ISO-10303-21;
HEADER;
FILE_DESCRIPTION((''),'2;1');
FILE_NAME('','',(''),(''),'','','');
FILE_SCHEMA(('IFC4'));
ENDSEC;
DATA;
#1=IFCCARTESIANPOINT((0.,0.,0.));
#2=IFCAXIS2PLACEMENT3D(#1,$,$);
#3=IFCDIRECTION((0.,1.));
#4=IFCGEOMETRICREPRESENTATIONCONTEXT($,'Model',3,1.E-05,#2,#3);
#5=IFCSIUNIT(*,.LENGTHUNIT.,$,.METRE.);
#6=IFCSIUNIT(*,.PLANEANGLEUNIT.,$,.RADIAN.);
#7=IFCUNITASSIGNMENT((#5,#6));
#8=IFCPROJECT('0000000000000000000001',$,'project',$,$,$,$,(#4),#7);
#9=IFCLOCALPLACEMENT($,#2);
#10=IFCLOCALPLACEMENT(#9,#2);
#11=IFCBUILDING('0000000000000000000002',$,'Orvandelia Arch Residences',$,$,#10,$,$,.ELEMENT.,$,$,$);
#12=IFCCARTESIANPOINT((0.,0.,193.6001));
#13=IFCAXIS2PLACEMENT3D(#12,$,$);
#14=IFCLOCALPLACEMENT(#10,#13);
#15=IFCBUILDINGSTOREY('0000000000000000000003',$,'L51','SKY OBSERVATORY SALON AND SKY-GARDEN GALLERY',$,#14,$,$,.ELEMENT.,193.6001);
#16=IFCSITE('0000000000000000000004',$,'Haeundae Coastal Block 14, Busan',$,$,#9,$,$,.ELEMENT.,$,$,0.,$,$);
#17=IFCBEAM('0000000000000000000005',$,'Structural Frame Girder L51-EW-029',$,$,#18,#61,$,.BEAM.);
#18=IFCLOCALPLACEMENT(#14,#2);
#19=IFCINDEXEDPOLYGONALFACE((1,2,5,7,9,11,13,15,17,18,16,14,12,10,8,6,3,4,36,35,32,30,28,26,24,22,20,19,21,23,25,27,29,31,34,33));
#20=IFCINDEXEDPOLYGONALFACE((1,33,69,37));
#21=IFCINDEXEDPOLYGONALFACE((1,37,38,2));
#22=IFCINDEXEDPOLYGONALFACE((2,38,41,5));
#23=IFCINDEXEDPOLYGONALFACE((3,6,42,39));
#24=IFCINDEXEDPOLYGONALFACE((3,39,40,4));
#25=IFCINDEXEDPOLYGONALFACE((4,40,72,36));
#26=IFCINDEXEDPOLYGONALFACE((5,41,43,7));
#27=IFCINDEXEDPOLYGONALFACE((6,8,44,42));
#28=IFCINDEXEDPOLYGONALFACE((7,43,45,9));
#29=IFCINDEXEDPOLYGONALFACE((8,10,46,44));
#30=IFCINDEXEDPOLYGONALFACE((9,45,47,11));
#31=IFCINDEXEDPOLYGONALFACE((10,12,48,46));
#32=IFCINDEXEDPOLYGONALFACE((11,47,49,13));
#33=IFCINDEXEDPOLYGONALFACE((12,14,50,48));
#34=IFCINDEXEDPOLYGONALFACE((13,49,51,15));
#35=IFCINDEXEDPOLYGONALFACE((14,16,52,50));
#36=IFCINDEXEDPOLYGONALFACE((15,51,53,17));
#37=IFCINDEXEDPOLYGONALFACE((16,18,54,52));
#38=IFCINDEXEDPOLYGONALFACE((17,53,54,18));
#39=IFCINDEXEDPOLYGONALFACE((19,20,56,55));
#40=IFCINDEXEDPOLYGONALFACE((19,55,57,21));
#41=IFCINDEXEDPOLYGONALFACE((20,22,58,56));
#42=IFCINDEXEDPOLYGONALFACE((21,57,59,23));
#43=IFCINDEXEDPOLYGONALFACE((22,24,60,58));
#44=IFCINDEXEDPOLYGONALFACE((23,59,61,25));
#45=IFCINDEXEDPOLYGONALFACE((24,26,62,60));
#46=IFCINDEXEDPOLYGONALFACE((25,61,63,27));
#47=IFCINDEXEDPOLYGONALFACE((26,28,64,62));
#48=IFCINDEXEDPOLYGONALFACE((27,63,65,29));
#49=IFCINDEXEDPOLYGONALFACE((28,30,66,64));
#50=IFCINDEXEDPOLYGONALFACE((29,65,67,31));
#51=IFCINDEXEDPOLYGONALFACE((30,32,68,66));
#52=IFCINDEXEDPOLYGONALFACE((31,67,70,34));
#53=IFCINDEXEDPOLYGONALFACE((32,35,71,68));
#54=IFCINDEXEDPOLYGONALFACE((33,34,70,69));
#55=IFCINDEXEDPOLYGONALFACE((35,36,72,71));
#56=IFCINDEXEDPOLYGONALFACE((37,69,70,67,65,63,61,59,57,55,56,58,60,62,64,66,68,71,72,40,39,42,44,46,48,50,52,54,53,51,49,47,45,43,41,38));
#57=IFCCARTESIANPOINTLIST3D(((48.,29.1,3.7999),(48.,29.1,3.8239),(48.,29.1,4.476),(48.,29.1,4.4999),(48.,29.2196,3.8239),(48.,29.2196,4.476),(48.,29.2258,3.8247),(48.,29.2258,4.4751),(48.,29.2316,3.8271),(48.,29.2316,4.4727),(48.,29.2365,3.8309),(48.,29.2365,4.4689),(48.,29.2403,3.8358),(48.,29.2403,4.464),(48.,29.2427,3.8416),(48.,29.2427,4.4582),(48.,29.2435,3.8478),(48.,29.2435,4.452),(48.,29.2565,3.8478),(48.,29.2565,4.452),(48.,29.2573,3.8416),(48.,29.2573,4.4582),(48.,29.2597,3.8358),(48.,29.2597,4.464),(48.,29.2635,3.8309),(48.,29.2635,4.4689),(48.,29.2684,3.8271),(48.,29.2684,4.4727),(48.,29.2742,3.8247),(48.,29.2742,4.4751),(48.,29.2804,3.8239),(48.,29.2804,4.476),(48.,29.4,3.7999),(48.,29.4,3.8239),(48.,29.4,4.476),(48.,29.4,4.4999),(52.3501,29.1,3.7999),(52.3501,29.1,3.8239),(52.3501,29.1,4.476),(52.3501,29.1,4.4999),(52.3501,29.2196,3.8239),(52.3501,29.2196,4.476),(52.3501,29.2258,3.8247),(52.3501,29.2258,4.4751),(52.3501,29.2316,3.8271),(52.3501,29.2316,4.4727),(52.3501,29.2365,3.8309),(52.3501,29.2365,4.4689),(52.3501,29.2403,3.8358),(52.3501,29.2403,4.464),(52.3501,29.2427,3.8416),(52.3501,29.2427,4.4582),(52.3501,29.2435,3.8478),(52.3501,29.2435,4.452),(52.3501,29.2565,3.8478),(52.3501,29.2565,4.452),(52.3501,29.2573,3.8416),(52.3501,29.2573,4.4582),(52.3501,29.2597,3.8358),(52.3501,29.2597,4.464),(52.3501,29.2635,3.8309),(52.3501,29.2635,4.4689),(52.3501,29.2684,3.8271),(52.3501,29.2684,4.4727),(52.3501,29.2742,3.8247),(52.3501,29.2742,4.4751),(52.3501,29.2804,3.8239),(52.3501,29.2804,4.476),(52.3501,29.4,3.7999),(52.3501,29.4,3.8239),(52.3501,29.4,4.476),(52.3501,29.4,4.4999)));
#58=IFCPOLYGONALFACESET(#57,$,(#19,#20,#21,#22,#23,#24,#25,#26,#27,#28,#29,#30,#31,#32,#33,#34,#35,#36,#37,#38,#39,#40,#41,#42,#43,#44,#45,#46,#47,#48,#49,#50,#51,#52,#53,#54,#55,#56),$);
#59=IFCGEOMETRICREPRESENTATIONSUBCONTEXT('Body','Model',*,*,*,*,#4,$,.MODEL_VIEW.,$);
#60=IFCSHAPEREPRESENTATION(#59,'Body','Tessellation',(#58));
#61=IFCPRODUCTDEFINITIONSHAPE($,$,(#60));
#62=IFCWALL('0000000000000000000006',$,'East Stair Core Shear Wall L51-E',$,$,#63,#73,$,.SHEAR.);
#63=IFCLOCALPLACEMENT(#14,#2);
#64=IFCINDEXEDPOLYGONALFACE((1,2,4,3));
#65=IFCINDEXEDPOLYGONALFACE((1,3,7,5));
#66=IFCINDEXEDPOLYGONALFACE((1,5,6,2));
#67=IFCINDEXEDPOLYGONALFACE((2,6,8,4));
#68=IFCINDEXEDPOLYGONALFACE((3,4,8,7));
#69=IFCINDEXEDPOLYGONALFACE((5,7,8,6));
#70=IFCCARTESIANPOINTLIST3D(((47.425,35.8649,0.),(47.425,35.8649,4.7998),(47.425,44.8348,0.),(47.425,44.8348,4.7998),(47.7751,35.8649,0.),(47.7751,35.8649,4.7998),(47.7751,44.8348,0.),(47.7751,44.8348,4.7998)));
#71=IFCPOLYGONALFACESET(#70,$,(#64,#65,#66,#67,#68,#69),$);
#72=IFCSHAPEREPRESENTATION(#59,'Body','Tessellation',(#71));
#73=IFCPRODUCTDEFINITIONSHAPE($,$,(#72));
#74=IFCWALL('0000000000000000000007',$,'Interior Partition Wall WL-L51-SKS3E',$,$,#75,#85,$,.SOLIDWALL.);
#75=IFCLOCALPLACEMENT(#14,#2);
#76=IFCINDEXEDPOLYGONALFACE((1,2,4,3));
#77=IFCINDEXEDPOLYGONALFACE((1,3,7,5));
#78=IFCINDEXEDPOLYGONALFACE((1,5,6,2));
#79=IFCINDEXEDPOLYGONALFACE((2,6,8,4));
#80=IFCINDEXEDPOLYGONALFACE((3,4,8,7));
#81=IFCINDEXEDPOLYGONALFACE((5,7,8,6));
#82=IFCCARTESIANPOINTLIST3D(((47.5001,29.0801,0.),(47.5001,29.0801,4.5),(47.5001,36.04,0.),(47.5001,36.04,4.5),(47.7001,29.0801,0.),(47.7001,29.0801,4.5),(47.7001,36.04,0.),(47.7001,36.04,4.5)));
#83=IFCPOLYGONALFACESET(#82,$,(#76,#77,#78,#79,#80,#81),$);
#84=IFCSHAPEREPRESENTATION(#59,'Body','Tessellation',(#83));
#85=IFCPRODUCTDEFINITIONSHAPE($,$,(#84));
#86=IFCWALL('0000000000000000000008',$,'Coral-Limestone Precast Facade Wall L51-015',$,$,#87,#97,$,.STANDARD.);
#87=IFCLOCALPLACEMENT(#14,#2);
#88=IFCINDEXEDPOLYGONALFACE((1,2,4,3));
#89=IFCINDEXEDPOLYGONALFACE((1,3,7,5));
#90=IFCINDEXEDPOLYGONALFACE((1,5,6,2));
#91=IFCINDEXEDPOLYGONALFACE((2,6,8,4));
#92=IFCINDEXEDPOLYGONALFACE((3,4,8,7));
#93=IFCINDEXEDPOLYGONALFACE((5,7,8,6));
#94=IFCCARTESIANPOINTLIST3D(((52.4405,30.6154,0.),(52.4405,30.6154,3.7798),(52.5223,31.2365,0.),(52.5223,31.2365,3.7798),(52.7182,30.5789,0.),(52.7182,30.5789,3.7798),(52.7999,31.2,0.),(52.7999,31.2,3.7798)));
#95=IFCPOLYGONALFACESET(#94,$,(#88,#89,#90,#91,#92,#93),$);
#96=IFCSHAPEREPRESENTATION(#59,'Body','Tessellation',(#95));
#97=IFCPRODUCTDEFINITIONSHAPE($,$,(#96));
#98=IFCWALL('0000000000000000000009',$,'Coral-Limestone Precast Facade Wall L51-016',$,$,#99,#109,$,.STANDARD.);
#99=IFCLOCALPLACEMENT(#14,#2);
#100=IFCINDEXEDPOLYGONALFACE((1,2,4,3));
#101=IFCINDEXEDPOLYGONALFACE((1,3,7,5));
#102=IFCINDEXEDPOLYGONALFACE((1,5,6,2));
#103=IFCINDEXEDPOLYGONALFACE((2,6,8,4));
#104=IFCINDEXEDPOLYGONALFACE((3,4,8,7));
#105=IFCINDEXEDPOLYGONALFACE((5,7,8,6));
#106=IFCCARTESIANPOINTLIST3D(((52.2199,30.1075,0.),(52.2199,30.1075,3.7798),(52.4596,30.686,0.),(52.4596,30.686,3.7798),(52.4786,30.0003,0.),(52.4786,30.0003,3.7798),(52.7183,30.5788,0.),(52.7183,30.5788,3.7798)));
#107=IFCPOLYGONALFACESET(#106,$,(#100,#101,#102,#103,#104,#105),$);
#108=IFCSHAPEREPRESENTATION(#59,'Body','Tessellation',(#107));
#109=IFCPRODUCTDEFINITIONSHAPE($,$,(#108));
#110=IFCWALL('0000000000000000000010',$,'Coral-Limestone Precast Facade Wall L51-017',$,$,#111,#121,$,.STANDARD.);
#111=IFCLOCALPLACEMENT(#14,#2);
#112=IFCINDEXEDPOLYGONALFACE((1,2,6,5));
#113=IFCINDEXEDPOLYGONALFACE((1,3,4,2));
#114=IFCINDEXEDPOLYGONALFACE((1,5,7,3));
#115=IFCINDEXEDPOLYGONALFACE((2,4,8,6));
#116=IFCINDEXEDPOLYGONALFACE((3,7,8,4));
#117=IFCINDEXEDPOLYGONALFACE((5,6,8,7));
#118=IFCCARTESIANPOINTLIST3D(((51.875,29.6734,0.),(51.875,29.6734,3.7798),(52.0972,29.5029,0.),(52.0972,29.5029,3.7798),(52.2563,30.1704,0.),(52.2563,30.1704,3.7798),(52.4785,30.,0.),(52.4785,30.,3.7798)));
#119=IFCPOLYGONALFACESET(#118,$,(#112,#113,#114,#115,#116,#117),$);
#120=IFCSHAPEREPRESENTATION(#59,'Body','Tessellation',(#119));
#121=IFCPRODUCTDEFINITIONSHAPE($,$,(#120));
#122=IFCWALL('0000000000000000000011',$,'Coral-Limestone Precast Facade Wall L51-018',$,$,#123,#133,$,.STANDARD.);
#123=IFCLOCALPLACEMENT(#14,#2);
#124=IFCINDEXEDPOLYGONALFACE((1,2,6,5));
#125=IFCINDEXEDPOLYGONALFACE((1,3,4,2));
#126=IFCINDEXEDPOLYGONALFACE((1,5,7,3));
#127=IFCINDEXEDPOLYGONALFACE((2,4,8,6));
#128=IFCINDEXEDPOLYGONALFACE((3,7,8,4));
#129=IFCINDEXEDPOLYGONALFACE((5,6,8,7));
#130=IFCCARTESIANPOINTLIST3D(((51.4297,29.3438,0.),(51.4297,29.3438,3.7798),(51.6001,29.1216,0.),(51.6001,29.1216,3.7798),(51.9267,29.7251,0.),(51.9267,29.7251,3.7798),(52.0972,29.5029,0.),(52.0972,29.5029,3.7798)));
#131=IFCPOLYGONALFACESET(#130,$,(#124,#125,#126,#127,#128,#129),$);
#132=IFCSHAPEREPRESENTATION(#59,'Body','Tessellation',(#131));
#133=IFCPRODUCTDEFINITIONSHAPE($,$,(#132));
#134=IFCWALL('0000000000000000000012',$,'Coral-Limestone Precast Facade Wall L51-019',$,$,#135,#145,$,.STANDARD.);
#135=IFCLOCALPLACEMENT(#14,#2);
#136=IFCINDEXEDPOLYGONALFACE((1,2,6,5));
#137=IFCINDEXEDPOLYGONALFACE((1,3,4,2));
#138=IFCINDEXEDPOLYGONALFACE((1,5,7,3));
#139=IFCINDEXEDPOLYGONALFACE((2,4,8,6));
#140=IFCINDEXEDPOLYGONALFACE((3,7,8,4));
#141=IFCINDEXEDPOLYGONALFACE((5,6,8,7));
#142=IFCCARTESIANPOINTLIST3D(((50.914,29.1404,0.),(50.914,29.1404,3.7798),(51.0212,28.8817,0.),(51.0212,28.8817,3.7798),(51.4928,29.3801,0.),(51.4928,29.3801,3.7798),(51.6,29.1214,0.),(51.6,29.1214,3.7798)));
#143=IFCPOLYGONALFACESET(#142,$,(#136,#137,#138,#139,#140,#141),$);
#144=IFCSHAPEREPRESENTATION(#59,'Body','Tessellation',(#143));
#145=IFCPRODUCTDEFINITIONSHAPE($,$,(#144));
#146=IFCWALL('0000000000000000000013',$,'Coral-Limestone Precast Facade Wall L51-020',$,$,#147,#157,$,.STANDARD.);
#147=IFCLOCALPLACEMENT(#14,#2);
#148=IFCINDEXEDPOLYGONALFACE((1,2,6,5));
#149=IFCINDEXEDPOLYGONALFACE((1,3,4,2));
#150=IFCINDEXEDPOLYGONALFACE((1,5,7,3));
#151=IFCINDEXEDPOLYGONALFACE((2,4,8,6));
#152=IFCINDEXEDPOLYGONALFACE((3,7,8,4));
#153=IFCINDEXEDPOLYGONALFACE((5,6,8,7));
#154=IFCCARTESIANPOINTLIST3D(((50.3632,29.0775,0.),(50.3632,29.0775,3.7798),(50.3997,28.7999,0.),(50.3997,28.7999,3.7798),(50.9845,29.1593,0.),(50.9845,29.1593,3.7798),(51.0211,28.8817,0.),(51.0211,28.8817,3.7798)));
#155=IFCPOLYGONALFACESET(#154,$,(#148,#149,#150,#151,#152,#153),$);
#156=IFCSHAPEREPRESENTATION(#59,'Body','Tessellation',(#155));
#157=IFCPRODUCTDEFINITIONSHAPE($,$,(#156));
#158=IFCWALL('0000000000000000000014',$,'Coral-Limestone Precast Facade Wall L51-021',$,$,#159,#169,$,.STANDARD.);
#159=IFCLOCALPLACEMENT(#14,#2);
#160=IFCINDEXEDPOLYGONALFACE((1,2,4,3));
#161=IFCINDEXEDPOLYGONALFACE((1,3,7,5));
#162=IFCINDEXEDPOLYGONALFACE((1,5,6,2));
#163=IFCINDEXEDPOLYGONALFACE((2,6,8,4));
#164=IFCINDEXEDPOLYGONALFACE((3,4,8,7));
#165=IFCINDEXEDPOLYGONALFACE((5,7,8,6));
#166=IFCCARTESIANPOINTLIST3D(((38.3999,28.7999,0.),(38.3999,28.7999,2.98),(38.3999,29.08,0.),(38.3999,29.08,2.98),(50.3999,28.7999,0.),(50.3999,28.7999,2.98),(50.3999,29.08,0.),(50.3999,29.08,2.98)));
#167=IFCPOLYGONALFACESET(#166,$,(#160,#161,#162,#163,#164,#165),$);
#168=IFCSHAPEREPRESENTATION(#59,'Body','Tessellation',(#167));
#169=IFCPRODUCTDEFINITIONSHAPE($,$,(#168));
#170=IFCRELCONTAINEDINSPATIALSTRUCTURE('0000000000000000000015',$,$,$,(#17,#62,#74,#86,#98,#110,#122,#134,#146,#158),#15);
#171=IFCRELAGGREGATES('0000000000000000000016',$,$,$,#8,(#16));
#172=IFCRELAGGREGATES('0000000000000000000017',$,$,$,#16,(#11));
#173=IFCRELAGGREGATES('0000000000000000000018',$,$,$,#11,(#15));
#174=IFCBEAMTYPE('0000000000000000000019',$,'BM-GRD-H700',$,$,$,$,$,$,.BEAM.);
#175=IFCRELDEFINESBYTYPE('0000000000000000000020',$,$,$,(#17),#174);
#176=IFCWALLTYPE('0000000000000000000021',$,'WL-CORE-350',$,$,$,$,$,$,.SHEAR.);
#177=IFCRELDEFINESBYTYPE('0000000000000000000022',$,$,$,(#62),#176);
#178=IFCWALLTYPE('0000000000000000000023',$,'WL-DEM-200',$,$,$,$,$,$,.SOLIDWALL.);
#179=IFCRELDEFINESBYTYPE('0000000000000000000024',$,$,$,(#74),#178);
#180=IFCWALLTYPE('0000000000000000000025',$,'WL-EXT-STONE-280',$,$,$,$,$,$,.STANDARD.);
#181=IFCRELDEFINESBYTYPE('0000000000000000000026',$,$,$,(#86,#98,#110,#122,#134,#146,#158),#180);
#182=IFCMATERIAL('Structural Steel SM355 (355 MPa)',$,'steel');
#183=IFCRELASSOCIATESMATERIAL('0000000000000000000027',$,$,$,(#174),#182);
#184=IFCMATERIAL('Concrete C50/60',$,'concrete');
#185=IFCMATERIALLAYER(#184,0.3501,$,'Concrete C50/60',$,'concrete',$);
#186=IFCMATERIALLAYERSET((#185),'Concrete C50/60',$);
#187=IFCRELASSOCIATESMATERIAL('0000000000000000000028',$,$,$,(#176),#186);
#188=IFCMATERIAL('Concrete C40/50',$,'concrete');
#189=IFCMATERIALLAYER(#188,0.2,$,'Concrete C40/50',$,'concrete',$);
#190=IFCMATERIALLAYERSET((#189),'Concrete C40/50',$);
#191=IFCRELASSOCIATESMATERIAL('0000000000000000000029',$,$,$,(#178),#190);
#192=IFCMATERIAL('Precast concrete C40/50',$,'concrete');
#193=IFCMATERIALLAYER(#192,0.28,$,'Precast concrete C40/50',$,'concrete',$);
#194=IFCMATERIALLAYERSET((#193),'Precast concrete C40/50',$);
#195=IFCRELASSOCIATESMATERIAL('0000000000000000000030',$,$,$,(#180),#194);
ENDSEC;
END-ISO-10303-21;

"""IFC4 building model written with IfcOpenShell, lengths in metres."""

from ifc_helpers import new_model, si_unit, direction, frame, frame_2d, origin, origin_2d, place, context, subcontext, project, spatial, rectangle, i_section, extrude, material, layer, layer_set, material_profile, profile_set, type_object, element, save


model = new_model("IFC4")

# Units and contexts
model_context = context("Model", 3, precision=1e-05, world=origin(), true_north=direction((0.0, 1.0)))
body_context = subcontext(model_context, "Body", "Model", "MODEL_VIEW")
ifc_project = project(units=[si_unit("LENGTHUNIT", "METRE"), si_unit("PLANEANGLEUNIT", "RADIAN")], contexts=[model_context])

# Site, building, storey
site_placement = place(None, origin())
site = spatial("IfcSite", under=ifc_project, at=site_placement, Name="Haeundae Coastal Block 14, Busan", CompositionType="ELEMENT", RefElevation=0.0)
building_placement = place(site_placement, origin())
building = spatial("IfcBuilding", under=site, at=building_placement, Name="Orvandelia Arch Residences", CompositionType="ELEMENT")
storey_placement = place(building_placement, frame((0.0, 0.0, 193.6001)))
storey = spatial("IfcBuildingStorey", under=building, at=storey_placement, Name="L51", Description="SKY OBSERVATORY SALON AND SKY-GARDEN GALLERY", CompositionType="ELEMENT", Elevation=193.6001)

# Beam
ifc_material_1 = material(Name="Structural Steel SM355 (355 MPa)", Category="steel")
ifc_material_profile_1 = material_profile(ifc_material_1, i_section(OverallWidth=0.3, OverallDepth=0.7, WebThickness=0.0129, FlangeThickness=0.0239, FilletRadius=0.0239, at=origin_2d()), Name="Structural Steel SM355 (355 MPa)", Category="steel")
ifc_profile_set_1 = profile_set([ifc_material_profile_1], Name="Structural Steel SM355 (355 MPa)")
beam_type = type_object("IfcBeamType", Name="BM-GRD-H700", PredefinedType="BEAM", material=ifc_profile_set_1)
beam_1_placement = place(storey_placement, frame((48.0, 29.25, 4.1499), z_axis=(1.0, 0.0, 0.0), x_axis=(0.0, 1.0, 0.0)))
element("IfcBeam", 1, at=beam_1_placement, inside=storey, type_object=beam_type, Name="Structural Frame Girder L51-EW-029", PredefinedType="BEAM", context=body_context, shape_type="SweptSolid", body=[
    extrude(i_section(OverallWidth=0.3, OverallDepth=0.7, WebThickness=0.0129, FlangeThickness=0.0239, FilletRadius=0.0239, at=origin_2d()), origin(), (0.0, 0.0, 1.0), 4.3501),
])

# Walls
ifc_material_2 = material(Name="Concrete C50/60", Category="concrete")
ifc_layer_1 = layer(ifc_material_2, 0.3501, Name="Concrete C50/60", Category="concrete")
ifc_layer_set_1 = layer_set([ifc_layer_1], Name="Concrete C50/60")
wall_type_1 = type_object("IfcWallType", Name="WL-CORE-350", PredefinedType="SHEAR", material=ifc_layer_set_1)
wall_1_placement = place(storey_placement, frame((47.6001, 35.865, 0.0), z_axis=(0.0, 0.0, 1.0), x_axis=(0.0, 1.0, 0.0)))
element("IfcWall", 2, at=wall_1_placement, inside=storey, type_object=wall_type_1, Name="East Stair Core Shear Wall L51-E", PredefinedType="SHEAR", context=body_context, shape_type="SweptSolid", body=[
    extrude(rectangle(XDim=8.97, YDim=0.3501, at=frame_2d((4.4849, 0.0))), origin(), (0.0, 0.0, 1.0), 4.7998),
])
ifc_material_3 = material(Name="Concrete C40/50", Category="concrete")
ifc_layer_2 = layer(ifc_material_3, 0.2, Name="Concrete C40/50", Category="concrete")
ifc_layer_set_2 = layer_set([ifc_layer_2], Name="Concrete C40/50")
wall_type_2 = type_object("IfcWallType", Name="WL-DEM-200", PredefinedType="SOLIDWALL", material=ifc_layer_set_2)
wall_2_placement = place(storey_placement, frame((47.6001, 29.0801, 0.0), z_axis=(0.0, 0.0, 1.0), x_axis=(0.0, 1.0, 0.0)))
element("IfcWall", 3, at=wall_2_placement, inside=storey, type_object=wall_type_2, Name="Interior Partition Wall WL-L51-SKS3E", PredefinedType="SOLIDWALL", context=body_context, shape_type="SweptSolid", body=[
    extrude(rectangle(XDim=6.96, YDim=0.2, at=frame_2d((3.48, 0.0))), origin(), (0.0, 0.0, 1.0), 4.5),
])
ifc_material_4 = material(Name="Precast concrete C40/50", Category="concrete")
ifc_layer_3 = layer(ifc_material_4, 0.28, Name="Precast concrete C40/50", Category="concrete")
ifc_layer_set_3 = layer_set([ifc_layer_3], Name="Precast concrete C40/50")
wall_type_3 = type_object("IfcWallType", Name="WL-EXT-STONE-280", PredefinedType="STANDARD", material=ifc_layer_set_3)
wall_3_placement = place(storey_placement, frame((52.6611, 31.2183, 0.0), z_axis=(0.0, 0.0, 1.0), x_axis=(-0.130555, -0.991441, 0.0)))
element("IfcWall", 4, at=wall_3_placement, inside=storey, type_object=wall_type_3, Name="Coral-Limestone Precast Facade Wall L51-015", PredefinedType="STANDARD", context=body_context, shape_type="SweptSolid", body=[
    extrude(rectangle(XDim=0.6265, YDim=0.28, at=frame_2d((0.3132, 0.0))), origin(), (0.0, 0.0, 1.0), 3.7798),
])
wall_4_placement = place(storey_placement, frame((52.5889, 30.6323, 0.0), z_axis=(0.0, 0.0, 1.0), x_axis=(-0.382788, -0.923836, 0.0)))
element("IfcWall", 5, at=wall_4_placement, inside=storey, type_object=wall_type_3, Name="Coral-Limestone Precast Facade Wall L51-016", PredefinedType="STANDARD", context=body_context, shape_type="SweptSolid", body=[
    extrude(rectangle(XDim=0.6262, YDim=0.28, at=frame_2d((0.313, 0.0))), origin(), (0.0, 0.0, 1.0), 3.7798),
])
for number, where, z_axis, x_axis, name in (
    (6, (52.3674, 30.0852, 0.0), (0.0, 0.0, 1.0), (-0.608693, -0.793406, 0.0), "Coral-Limestone Precast Facade Wall L51-017"),
    (7, (52.012, 29.614, 0.0), (0.0, 0.0, 1.0), (-0.793406, -0.608693, 0.0), "Coral-Limestone Precast Facade Wall L51-018"),
    (8, (51.5464, 29.2507, 0.0), (0.0, 0.0, 1.0), (-0.923893, -0.38265, 0.0), "Coral-Limestone Precast Facade Wall L51-019"),
):
    element("IfcWall", number, at=place(storey_placement, frame(where, z_axis=z_axis, x_axis=x_axis)), inside=storey, type_object=wall_type_3, Name=name, PredefinedType="STANDARD", context=body_context, shape_type="SweptSolid", body=[
        extrude(rectangle(XDim=0.6265, YDim=0.28, at=frame_2d((0.3132, 0.0))), origin(), (0.0, 0.0, 1.0), 3.7798),
    ])
wall_5_placement = place(storey_placement, frame((51.0029, 29.0205, 0.0), z_axis=(0.0, 0.0, 1.0), x_axis=(-0.991448, -0.130505, 0.0)))
element("IfcWall", 9, at=wall_5_placement, inside=storey, type_object=wall_type_3, Name="Coral-Limestone Precast Facade Wall L51-020", PredefinedType="STANDARD", context=body_context, shape_type="SweptSolid", body=[
    extrude(rectangle(XDim=0.6267, YDim=0.28, at=frame_2d((0.3135, 0.0))), origin(), (0.0, 0.0, 1.0), 3.7798),
])
wall_6_placement = place(storey_placement, frame((50.3999, 28.9399, 0.0), z_axis=(0.0, 0.0, 1.0), x_axis=(-1.0, 0.0, 0.0)))
element("IfcWall", 10, at=wall_6_placement, inside=storey, type_object=wall_type_3, Name="Coral-Limestone Precast Facade Wall L51-021", PredefinedType="STANDARD", context=body_context, shape_type="SweptSolid", body=[
    extrude(rectangle(XDim=12.0, YDim=0.28, at=frame_2d((6.0, 0.0))), origin(), (0.0, 0.0, 1.0), 2.98),
])

save(model, "model.ifc")
